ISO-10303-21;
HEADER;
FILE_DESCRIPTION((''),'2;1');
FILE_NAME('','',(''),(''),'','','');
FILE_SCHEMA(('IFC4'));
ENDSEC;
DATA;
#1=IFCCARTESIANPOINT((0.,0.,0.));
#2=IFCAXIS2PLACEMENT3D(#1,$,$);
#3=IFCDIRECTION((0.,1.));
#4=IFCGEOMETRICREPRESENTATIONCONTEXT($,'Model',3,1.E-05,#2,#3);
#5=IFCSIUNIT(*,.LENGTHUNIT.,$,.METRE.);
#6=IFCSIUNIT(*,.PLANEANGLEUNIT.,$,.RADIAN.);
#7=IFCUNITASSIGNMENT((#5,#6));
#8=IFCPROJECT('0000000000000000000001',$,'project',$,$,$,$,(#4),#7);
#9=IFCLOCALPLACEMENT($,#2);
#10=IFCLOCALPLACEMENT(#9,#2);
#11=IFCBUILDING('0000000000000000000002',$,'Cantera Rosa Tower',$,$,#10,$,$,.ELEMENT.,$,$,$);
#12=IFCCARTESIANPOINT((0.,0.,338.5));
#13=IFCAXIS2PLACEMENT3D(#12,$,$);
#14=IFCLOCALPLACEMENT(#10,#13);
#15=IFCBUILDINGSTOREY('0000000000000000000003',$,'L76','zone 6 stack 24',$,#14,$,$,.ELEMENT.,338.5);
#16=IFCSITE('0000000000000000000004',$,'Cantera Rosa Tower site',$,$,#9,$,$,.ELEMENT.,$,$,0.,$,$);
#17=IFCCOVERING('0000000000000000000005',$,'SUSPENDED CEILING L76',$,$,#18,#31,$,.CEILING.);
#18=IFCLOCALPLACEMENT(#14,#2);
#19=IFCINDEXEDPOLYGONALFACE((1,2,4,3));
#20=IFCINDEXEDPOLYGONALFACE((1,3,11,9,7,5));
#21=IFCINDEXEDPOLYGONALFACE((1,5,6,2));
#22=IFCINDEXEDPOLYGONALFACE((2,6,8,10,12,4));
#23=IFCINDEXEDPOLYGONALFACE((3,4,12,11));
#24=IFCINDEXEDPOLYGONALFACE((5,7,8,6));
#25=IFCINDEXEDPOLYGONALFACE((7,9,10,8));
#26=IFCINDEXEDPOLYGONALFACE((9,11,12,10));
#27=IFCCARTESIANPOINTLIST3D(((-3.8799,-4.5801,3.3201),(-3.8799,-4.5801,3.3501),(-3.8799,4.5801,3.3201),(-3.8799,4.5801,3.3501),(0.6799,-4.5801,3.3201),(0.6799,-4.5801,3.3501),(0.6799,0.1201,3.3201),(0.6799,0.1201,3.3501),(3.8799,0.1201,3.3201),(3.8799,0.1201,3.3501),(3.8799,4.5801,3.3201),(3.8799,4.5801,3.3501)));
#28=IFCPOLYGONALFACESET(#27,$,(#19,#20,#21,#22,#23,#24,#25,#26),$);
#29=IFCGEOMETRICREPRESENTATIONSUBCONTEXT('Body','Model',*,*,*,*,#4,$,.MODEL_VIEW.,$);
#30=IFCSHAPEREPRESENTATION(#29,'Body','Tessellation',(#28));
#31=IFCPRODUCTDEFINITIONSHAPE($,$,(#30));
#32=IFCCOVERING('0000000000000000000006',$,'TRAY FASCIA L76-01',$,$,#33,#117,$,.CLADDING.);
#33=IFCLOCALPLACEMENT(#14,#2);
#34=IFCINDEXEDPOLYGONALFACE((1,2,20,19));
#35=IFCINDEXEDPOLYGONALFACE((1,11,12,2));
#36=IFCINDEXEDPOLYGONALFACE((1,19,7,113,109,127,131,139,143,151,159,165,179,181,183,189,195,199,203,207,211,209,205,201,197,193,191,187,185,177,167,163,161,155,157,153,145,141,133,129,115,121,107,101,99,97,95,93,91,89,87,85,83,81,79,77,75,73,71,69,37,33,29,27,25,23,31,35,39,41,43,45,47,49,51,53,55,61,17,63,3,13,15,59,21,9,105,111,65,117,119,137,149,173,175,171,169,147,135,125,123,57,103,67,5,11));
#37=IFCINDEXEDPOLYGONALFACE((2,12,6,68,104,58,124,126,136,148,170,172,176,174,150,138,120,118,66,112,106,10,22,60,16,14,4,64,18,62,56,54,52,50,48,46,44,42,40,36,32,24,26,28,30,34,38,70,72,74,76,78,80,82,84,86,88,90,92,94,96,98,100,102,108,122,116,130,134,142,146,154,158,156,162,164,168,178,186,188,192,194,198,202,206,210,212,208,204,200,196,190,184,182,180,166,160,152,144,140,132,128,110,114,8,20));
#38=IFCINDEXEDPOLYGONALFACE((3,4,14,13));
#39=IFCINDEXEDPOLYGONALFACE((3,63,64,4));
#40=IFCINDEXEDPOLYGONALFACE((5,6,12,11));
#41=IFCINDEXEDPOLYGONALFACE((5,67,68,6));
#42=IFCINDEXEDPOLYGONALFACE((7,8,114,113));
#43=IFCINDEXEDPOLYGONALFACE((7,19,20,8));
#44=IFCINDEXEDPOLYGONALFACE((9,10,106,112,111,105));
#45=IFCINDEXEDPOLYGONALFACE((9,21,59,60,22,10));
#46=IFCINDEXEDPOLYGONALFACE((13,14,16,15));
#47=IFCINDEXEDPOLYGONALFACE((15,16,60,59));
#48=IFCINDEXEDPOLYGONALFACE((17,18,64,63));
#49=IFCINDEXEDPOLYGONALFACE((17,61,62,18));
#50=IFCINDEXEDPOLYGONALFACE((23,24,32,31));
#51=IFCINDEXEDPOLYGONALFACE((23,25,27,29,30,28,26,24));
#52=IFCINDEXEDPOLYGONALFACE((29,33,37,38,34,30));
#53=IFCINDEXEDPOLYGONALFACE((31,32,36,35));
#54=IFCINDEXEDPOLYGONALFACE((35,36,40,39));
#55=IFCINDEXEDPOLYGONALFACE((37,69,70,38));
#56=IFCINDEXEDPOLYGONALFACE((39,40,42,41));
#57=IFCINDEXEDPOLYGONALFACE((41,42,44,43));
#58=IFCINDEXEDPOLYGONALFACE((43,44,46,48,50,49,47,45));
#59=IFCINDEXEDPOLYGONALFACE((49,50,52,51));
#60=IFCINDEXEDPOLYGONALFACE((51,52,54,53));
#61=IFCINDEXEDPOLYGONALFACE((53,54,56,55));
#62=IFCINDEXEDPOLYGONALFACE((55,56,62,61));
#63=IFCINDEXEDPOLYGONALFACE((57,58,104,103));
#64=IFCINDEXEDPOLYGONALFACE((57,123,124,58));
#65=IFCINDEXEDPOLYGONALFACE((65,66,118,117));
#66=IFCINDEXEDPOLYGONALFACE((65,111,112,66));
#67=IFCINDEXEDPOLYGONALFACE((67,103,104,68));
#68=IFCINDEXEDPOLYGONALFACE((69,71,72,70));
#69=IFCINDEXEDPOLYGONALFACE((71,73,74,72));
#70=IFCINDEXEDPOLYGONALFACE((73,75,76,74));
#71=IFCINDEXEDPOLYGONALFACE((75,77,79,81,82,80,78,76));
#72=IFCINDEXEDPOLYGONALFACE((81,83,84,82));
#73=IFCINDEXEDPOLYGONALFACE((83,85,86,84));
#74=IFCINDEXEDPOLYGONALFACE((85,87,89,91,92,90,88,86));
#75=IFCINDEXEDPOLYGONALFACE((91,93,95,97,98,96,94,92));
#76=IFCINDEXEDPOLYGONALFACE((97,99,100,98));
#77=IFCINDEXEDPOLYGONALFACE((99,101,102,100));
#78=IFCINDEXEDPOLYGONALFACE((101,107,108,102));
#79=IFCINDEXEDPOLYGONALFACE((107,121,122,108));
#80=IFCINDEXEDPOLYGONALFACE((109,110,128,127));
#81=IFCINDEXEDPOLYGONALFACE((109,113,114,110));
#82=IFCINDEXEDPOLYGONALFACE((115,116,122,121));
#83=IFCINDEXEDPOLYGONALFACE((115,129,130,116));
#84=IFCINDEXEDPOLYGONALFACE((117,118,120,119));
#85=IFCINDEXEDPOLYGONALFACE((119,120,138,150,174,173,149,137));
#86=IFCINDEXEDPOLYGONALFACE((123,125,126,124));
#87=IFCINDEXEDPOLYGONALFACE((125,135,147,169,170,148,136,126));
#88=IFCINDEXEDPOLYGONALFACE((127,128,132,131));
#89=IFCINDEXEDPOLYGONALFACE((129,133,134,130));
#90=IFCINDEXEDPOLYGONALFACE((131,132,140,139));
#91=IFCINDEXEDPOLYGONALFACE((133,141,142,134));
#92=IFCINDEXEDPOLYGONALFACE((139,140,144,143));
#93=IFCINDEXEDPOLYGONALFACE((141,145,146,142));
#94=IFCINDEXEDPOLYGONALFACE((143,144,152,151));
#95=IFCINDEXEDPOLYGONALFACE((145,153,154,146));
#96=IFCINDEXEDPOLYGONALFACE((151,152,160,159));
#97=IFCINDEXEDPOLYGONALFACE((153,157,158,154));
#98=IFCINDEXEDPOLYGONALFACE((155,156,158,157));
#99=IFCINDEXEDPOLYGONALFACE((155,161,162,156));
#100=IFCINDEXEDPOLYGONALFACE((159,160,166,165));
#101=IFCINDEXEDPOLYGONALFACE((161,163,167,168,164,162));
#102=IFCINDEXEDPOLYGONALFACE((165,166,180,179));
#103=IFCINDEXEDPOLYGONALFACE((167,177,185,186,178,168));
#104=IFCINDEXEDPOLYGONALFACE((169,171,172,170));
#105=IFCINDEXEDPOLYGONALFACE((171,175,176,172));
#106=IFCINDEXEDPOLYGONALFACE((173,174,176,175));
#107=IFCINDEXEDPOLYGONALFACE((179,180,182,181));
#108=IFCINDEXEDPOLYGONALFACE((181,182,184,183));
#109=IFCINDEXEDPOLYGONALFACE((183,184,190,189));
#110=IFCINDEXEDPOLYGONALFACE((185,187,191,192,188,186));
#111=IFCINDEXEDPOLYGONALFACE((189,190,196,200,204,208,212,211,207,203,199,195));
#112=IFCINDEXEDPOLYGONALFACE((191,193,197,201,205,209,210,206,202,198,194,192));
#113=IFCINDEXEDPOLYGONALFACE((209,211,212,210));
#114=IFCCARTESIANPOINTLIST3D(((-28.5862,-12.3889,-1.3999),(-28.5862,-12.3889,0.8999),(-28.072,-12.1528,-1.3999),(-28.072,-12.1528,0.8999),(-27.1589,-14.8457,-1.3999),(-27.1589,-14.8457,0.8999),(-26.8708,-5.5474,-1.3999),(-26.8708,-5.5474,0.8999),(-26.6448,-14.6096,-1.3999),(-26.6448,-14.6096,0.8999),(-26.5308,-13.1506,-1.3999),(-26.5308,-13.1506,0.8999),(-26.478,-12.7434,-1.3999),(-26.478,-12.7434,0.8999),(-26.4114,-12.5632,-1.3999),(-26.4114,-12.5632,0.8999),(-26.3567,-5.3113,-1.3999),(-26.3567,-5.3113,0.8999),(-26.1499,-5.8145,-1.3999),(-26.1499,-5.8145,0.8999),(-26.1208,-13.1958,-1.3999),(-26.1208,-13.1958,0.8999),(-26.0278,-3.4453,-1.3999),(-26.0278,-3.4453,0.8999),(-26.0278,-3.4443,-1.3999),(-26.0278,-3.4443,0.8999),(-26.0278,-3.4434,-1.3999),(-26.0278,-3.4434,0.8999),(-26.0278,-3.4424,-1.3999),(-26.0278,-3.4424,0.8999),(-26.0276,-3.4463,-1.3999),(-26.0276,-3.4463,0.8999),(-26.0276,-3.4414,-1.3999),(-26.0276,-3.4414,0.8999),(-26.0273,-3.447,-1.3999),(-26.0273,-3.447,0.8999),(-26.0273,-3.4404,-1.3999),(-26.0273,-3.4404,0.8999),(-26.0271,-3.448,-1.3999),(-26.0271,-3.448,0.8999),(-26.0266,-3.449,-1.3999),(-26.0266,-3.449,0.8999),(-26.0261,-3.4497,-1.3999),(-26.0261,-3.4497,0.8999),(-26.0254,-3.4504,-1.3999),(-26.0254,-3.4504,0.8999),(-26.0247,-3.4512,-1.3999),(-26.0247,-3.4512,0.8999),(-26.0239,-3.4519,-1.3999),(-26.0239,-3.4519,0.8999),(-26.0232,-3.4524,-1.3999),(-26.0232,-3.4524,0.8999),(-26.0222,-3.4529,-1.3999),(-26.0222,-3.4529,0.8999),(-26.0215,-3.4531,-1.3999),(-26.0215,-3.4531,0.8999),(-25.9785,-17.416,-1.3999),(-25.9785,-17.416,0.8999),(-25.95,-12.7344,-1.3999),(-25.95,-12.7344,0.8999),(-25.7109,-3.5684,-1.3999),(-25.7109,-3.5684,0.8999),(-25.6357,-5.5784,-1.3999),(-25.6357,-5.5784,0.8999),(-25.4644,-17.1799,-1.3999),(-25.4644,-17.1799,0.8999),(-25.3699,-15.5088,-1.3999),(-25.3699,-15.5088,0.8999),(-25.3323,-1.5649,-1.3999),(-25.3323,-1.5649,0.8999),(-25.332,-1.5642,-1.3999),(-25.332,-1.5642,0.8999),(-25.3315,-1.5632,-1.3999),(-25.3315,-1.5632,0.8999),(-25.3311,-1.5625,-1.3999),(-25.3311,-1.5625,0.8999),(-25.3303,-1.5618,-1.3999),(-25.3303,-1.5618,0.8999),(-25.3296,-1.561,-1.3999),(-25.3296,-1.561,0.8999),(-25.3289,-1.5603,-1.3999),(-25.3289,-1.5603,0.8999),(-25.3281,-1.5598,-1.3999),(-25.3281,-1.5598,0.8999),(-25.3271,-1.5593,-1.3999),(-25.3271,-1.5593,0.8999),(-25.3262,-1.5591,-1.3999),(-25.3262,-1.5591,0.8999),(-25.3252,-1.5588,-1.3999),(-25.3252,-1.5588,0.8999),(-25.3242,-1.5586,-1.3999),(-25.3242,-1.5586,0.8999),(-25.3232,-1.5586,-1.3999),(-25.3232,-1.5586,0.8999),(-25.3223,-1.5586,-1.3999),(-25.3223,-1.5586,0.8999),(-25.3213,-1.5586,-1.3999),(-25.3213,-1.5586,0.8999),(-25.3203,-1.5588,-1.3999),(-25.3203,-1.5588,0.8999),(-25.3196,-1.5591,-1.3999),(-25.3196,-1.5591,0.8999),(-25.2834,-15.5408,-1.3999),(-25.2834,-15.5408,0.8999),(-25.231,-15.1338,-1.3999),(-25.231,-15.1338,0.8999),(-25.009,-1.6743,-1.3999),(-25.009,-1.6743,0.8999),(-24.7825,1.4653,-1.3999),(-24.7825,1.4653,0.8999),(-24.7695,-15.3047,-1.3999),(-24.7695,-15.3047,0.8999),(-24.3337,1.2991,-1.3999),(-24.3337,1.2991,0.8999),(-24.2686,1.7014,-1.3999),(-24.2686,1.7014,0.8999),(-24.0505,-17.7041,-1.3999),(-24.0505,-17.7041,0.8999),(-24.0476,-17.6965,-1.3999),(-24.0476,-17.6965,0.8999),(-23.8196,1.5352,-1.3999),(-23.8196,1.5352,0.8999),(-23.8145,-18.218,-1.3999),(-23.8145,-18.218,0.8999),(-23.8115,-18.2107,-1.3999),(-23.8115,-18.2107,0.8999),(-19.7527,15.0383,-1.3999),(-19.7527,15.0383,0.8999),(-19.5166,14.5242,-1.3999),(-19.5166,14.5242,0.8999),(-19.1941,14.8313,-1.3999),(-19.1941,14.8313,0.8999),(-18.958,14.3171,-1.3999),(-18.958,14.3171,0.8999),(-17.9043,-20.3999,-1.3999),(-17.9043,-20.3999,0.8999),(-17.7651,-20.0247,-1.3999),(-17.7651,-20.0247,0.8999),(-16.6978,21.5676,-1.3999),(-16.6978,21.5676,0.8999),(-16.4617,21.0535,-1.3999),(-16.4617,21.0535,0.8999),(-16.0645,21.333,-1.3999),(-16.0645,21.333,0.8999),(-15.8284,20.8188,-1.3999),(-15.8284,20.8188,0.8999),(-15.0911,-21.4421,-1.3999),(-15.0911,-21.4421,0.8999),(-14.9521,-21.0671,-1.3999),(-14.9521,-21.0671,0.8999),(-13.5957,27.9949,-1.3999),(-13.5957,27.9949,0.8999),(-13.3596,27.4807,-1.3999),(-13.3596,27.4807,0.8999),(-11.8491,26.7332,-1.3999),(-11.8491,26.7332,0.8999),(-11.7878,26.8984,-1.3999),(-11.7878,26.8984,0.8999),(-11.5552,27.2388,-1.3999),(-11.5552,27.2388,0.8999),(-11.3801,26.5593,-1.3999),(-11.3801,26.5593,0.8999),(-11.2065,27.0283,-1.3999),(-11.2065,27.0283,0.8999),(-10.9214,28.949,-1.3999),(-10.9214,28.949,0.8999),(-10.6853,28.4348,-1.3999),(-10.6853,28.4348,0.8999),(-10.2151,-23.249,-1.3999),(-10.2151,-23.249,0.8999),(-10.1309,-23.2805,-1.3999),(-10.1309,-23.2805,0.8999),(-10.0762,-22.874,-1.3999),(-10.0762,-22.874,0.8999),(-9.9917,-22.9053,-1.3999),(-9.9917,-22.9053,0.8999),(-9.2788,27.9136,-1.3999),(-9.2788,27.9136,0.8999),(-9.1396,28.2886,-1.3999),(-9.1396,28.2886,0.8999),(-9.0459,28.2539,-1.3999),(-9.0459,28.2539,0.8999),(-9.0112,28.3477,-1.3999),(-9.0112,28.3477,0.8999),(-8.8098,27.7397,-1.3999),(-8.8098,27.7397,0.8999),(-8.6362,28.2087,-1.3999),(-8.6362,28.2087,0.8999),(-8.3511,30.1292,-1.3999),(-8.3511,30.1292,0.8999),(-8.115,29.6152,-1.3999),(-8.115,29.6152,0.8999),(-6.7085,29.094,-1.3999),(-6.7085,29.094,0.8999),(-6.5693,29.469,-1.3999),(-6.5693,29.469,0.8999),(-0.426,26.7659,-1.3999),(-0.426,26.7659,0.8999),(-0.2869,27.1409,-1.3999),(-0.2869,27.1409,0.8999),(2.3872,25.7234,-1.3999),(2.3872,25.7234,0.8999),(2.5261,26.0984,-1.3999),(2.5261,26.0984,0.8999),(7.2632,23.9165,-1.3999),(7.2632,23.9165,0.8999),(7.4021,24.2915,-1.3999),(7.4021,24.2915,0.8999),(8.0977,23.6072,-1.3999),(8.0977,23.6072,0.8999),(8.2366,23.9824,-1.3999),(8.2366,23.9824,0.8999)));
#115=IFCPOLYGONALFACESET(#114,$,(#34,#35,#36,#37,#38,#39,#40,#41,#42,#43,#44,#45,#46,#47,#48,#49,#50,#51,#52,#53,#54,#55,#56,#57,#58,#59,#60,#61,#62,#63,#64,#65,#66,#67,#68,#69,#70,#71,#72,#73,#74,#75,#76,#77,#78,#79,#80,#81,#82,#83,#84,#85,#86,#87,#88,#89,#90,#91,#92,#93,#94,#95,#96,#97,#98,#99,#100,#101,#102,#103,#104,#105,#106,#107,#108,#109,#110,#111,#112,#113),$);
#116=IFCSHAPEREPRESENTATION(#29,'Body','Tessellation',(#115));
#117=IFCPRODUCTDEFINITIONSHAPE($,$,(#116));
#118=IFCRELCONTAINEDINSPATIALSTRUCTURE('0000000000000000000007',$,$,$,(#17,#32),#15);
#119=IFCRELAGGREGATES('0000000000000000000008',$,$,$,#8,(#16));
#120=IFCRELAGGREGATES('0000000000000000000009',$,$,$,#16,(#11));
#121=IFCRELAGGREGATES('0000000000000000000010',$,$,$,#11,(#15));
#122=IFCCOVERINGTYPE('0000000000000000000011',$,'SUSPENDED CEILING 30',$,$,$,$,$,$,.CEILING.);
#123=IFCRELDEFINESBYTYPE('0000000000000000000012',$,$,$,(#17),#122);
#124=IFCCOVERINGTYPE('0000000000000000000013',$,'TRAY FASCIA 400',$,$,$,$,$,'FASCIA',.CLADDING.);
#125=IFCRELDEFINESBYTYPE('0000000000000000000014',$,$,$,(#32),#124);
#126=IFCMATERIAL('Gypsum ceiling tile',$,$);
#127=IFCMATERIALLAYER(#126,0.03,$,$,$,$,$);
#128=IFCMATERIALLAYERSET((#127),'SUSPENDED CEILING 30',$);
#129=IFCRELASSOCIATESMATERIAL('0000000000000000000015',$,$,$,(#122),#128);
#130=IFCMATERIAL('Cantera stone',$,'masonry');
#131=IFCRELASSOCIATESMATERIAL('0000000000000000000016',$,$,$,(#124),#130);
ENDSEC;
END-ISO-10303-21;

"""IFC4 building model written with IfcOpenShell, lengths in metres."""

from ifc_helpers import new_model, si_unit, direction, frame, origin, place, context, subcontext, project, spatial, polyline, outline, extrude, material, layer, layer_set, type_object, element, save


model = new_model("IFC4")

# Units and contexts
model_context = context("Model", 3, precision=1e-05, world=origin(), true_north=direction((0.0, 1.0)))
body_context = subcontext(model_context, "Body", "Model", "MODEL_VIEW")
ifc_project = project(units=[si_unit("LENGTHUNIT", "METRE"), si_unit("PLANEANGLEUNIT", "RADIAN")], contexts=[model_context])

# Site, building, storey
site_placement = place(None, origin())
site = spatial("IfcSite", under=ifc_project, at=site_placement, Name="Cantera Rosa Tower site", CompositionType="ELEMENT", RefElevation=0.0)
building_placement = place(site_placement, origin())
building = spatial("IfcBuilding", under=site, at=building_placement, Name="Cantera Rosa Tower", CompositionType="ELEMENT")
storey_placement = place(building_placement, frame((0.0, 0.0, 338.5)))
storey = spatial("IfcBuildingStorey", under=building, at=storey_placement, Name="L76", Description="zone 6 stack 24", CompositionType="ELEMENT", Elevation=338.5)

# Coverings
ifc_material_1 = material(Name="Gypsum ceiling tile")
ifc_layer_1 = layer(ifc_material_1, 0.03)
ifc_layer_set_1 = layer_set([ifc_layer_1], Name="SUSPENDED CEILING 30")
covering_type_1 = type_object("IfcCoveringType", Name="SUSPENDED CEILING 30", PredefinedType="CEILING", material=ifc_layer_set_1)
covering_1_placement = place(storey_placement, frame((0.0, 0.0, 3.3201)))
element("IfcCovering", 1, at=covering_1_placement, inside=storey, type_object=covering_type_1, Name="SUSPENDED CEILING L76", PredefinedType="CEILING", context=body_context, shape_type="SweptSolid", body=[
    extrude(outline(polyline([(3.8799, 4.5801), (3.8799, 0.1201), (0.6799, 0.1201), (0.6799, -4.5801), (-3.8799, -4.5801), (-3.8799, 4.5801), (3.8799, 4.5801)])), origin(), (0.0, 0.0, 1.0), 0.03),
])
ifc_material_2 = material(Name="Cantera stone", Category="masonry")
covering_type_2 = type_object("IfcCoveringType", Name="TRAY FASCIA 400", ElementType="FASCIA", PredefinedType="CLADDING", material=ifc_material_2)
covering_2_placement = place(storey_placement, frame((0.0, 0.0, -1.3999)))
element("IfcCovering", 2, at=covering_2_placement, inside=storey, type_object=covering_type_2, Name="TRAY FASCIA L76-01", PredefinedType="CLADDING", context=body_context, shape_type="SweptSolid", body=[
    extrude(outline(polyline([(-26.1499, -5.8145), (-26.8708, -5.5474), (-24.3337, 1.2991), (-24.7825, 1.4653), (-19.7527, 15.0383), (-19.1941, 14.8313), (-16.6978, 21.5676), (-16.0645, 21.333), (-13.5957, 27.9949), (-11.5552, 27.2388), (-10.9214, 28.949), (-9.1396, 28.2886), (-9.0459, 28.2539), (-9.0112, 28.3477), (-8.3511, 30.1292), (-6.5693, 29.469), (-0.2869, 27.1409), (2.5261, 26.0984), (7.4021, 24.2915), (8.2366, 23.9824), (8.0977, 23.6072), (7.2632, 23.9165), (2.3872, 25.7234), (-0.426, 26.7659), (-6.7085, 29.094), (-8.115, 29.6152), (-8.6362, 28.2087), (-8.8098, 27.7397), (-9.2788, 27.9136), (-10.6853, 28.4348), (-11.2065, 27.0283), (-11.3801, 26.5593), (-11.8491, 26.7332), (-11.7878, 26.8984), (-13.3596, 27.4807), (-15.8284, 20.8188), (-16.4617, 21.0535), (-18.958, 14.3171), (-19.5166, 14.5242), (-24.2686, 1.7014), (-23.8196, 1.5352), (-25.009, -1.6743), (-25.3196, -1.5591), (-25.3203, -1.5588), (-25.3213, -1.5586), (-25.3223, -1.5586), (-25.3232, -1.5586), (-25.3242, -1.5586), (-25.3252, -1.5588), (-25.3262, -1.5591), (-25.3271, -1.5593), (-25.3281, -1.5598), (-25.3289, -1.5603), (-25.3296, -1.561), (-25.3303, -1.5618), (-25.3311, -1.5625), (-25.3315, -1.5632), (-25.332, -1.5642), (-25.3323, -1.5649), (-26.0273, -3.4404), (-26.0276, -3.4414), (-26.0278, -3.4424), (-26.0278, -3.4434), (-26.0278, -3.4443), (-26.0278, -3.4453), (-26.0276, -3.4463), (-26.0273, -3.447), (-26.0271, -3.448), (-26.0266, -3.449), (-26.0261, -3.4497), (-26.0254, -3.4504), (-26.0247, -3.4512), (-26.0239, -3.4519), (-26.0232, -3.4524), (-26.0222, -3.4529), (-26.0215, -3.4531), (-25.7109, -3.5684), (-26.3567, -5.3113), (-25.6357, -5.5784), (-28.072, -12.1528), (-26.478, -12.7434), (-26.4114, -12.5632), (-25.95, -12.7344), (-26.1208, -13.1958), (-26.6448, -14.6096), (-25.231, -15.1338), (-24.7695, -15.3047), (-25.4644, -17.1799), (-24.0505, -17.7041), (-24.0476, -17.6965), (-17.7651, -20.0247), (-14.9521, -21.0671), (-10.0762, -22.874), (-9.9917, -22.9053), (-10.1309, -23.2805), (-10.2151, -23.249), (-15.0911, -21.4421), (-17.9043, -20.3999), (-23.8115, -18.2107), (-23.8145, -18.218), (-25.9785, -17.416), (-25.2834, -15.5408), (-25.3699, -15.5088), (-27.1589, -14.8457), (-26.5308, -13.1506), (-28.5862, -12.3889), (-26.1499, -5.8145)])), origin(), (0.0, 0.0, 1.0), 2.2998),
])

save(model, "model.ifc")
